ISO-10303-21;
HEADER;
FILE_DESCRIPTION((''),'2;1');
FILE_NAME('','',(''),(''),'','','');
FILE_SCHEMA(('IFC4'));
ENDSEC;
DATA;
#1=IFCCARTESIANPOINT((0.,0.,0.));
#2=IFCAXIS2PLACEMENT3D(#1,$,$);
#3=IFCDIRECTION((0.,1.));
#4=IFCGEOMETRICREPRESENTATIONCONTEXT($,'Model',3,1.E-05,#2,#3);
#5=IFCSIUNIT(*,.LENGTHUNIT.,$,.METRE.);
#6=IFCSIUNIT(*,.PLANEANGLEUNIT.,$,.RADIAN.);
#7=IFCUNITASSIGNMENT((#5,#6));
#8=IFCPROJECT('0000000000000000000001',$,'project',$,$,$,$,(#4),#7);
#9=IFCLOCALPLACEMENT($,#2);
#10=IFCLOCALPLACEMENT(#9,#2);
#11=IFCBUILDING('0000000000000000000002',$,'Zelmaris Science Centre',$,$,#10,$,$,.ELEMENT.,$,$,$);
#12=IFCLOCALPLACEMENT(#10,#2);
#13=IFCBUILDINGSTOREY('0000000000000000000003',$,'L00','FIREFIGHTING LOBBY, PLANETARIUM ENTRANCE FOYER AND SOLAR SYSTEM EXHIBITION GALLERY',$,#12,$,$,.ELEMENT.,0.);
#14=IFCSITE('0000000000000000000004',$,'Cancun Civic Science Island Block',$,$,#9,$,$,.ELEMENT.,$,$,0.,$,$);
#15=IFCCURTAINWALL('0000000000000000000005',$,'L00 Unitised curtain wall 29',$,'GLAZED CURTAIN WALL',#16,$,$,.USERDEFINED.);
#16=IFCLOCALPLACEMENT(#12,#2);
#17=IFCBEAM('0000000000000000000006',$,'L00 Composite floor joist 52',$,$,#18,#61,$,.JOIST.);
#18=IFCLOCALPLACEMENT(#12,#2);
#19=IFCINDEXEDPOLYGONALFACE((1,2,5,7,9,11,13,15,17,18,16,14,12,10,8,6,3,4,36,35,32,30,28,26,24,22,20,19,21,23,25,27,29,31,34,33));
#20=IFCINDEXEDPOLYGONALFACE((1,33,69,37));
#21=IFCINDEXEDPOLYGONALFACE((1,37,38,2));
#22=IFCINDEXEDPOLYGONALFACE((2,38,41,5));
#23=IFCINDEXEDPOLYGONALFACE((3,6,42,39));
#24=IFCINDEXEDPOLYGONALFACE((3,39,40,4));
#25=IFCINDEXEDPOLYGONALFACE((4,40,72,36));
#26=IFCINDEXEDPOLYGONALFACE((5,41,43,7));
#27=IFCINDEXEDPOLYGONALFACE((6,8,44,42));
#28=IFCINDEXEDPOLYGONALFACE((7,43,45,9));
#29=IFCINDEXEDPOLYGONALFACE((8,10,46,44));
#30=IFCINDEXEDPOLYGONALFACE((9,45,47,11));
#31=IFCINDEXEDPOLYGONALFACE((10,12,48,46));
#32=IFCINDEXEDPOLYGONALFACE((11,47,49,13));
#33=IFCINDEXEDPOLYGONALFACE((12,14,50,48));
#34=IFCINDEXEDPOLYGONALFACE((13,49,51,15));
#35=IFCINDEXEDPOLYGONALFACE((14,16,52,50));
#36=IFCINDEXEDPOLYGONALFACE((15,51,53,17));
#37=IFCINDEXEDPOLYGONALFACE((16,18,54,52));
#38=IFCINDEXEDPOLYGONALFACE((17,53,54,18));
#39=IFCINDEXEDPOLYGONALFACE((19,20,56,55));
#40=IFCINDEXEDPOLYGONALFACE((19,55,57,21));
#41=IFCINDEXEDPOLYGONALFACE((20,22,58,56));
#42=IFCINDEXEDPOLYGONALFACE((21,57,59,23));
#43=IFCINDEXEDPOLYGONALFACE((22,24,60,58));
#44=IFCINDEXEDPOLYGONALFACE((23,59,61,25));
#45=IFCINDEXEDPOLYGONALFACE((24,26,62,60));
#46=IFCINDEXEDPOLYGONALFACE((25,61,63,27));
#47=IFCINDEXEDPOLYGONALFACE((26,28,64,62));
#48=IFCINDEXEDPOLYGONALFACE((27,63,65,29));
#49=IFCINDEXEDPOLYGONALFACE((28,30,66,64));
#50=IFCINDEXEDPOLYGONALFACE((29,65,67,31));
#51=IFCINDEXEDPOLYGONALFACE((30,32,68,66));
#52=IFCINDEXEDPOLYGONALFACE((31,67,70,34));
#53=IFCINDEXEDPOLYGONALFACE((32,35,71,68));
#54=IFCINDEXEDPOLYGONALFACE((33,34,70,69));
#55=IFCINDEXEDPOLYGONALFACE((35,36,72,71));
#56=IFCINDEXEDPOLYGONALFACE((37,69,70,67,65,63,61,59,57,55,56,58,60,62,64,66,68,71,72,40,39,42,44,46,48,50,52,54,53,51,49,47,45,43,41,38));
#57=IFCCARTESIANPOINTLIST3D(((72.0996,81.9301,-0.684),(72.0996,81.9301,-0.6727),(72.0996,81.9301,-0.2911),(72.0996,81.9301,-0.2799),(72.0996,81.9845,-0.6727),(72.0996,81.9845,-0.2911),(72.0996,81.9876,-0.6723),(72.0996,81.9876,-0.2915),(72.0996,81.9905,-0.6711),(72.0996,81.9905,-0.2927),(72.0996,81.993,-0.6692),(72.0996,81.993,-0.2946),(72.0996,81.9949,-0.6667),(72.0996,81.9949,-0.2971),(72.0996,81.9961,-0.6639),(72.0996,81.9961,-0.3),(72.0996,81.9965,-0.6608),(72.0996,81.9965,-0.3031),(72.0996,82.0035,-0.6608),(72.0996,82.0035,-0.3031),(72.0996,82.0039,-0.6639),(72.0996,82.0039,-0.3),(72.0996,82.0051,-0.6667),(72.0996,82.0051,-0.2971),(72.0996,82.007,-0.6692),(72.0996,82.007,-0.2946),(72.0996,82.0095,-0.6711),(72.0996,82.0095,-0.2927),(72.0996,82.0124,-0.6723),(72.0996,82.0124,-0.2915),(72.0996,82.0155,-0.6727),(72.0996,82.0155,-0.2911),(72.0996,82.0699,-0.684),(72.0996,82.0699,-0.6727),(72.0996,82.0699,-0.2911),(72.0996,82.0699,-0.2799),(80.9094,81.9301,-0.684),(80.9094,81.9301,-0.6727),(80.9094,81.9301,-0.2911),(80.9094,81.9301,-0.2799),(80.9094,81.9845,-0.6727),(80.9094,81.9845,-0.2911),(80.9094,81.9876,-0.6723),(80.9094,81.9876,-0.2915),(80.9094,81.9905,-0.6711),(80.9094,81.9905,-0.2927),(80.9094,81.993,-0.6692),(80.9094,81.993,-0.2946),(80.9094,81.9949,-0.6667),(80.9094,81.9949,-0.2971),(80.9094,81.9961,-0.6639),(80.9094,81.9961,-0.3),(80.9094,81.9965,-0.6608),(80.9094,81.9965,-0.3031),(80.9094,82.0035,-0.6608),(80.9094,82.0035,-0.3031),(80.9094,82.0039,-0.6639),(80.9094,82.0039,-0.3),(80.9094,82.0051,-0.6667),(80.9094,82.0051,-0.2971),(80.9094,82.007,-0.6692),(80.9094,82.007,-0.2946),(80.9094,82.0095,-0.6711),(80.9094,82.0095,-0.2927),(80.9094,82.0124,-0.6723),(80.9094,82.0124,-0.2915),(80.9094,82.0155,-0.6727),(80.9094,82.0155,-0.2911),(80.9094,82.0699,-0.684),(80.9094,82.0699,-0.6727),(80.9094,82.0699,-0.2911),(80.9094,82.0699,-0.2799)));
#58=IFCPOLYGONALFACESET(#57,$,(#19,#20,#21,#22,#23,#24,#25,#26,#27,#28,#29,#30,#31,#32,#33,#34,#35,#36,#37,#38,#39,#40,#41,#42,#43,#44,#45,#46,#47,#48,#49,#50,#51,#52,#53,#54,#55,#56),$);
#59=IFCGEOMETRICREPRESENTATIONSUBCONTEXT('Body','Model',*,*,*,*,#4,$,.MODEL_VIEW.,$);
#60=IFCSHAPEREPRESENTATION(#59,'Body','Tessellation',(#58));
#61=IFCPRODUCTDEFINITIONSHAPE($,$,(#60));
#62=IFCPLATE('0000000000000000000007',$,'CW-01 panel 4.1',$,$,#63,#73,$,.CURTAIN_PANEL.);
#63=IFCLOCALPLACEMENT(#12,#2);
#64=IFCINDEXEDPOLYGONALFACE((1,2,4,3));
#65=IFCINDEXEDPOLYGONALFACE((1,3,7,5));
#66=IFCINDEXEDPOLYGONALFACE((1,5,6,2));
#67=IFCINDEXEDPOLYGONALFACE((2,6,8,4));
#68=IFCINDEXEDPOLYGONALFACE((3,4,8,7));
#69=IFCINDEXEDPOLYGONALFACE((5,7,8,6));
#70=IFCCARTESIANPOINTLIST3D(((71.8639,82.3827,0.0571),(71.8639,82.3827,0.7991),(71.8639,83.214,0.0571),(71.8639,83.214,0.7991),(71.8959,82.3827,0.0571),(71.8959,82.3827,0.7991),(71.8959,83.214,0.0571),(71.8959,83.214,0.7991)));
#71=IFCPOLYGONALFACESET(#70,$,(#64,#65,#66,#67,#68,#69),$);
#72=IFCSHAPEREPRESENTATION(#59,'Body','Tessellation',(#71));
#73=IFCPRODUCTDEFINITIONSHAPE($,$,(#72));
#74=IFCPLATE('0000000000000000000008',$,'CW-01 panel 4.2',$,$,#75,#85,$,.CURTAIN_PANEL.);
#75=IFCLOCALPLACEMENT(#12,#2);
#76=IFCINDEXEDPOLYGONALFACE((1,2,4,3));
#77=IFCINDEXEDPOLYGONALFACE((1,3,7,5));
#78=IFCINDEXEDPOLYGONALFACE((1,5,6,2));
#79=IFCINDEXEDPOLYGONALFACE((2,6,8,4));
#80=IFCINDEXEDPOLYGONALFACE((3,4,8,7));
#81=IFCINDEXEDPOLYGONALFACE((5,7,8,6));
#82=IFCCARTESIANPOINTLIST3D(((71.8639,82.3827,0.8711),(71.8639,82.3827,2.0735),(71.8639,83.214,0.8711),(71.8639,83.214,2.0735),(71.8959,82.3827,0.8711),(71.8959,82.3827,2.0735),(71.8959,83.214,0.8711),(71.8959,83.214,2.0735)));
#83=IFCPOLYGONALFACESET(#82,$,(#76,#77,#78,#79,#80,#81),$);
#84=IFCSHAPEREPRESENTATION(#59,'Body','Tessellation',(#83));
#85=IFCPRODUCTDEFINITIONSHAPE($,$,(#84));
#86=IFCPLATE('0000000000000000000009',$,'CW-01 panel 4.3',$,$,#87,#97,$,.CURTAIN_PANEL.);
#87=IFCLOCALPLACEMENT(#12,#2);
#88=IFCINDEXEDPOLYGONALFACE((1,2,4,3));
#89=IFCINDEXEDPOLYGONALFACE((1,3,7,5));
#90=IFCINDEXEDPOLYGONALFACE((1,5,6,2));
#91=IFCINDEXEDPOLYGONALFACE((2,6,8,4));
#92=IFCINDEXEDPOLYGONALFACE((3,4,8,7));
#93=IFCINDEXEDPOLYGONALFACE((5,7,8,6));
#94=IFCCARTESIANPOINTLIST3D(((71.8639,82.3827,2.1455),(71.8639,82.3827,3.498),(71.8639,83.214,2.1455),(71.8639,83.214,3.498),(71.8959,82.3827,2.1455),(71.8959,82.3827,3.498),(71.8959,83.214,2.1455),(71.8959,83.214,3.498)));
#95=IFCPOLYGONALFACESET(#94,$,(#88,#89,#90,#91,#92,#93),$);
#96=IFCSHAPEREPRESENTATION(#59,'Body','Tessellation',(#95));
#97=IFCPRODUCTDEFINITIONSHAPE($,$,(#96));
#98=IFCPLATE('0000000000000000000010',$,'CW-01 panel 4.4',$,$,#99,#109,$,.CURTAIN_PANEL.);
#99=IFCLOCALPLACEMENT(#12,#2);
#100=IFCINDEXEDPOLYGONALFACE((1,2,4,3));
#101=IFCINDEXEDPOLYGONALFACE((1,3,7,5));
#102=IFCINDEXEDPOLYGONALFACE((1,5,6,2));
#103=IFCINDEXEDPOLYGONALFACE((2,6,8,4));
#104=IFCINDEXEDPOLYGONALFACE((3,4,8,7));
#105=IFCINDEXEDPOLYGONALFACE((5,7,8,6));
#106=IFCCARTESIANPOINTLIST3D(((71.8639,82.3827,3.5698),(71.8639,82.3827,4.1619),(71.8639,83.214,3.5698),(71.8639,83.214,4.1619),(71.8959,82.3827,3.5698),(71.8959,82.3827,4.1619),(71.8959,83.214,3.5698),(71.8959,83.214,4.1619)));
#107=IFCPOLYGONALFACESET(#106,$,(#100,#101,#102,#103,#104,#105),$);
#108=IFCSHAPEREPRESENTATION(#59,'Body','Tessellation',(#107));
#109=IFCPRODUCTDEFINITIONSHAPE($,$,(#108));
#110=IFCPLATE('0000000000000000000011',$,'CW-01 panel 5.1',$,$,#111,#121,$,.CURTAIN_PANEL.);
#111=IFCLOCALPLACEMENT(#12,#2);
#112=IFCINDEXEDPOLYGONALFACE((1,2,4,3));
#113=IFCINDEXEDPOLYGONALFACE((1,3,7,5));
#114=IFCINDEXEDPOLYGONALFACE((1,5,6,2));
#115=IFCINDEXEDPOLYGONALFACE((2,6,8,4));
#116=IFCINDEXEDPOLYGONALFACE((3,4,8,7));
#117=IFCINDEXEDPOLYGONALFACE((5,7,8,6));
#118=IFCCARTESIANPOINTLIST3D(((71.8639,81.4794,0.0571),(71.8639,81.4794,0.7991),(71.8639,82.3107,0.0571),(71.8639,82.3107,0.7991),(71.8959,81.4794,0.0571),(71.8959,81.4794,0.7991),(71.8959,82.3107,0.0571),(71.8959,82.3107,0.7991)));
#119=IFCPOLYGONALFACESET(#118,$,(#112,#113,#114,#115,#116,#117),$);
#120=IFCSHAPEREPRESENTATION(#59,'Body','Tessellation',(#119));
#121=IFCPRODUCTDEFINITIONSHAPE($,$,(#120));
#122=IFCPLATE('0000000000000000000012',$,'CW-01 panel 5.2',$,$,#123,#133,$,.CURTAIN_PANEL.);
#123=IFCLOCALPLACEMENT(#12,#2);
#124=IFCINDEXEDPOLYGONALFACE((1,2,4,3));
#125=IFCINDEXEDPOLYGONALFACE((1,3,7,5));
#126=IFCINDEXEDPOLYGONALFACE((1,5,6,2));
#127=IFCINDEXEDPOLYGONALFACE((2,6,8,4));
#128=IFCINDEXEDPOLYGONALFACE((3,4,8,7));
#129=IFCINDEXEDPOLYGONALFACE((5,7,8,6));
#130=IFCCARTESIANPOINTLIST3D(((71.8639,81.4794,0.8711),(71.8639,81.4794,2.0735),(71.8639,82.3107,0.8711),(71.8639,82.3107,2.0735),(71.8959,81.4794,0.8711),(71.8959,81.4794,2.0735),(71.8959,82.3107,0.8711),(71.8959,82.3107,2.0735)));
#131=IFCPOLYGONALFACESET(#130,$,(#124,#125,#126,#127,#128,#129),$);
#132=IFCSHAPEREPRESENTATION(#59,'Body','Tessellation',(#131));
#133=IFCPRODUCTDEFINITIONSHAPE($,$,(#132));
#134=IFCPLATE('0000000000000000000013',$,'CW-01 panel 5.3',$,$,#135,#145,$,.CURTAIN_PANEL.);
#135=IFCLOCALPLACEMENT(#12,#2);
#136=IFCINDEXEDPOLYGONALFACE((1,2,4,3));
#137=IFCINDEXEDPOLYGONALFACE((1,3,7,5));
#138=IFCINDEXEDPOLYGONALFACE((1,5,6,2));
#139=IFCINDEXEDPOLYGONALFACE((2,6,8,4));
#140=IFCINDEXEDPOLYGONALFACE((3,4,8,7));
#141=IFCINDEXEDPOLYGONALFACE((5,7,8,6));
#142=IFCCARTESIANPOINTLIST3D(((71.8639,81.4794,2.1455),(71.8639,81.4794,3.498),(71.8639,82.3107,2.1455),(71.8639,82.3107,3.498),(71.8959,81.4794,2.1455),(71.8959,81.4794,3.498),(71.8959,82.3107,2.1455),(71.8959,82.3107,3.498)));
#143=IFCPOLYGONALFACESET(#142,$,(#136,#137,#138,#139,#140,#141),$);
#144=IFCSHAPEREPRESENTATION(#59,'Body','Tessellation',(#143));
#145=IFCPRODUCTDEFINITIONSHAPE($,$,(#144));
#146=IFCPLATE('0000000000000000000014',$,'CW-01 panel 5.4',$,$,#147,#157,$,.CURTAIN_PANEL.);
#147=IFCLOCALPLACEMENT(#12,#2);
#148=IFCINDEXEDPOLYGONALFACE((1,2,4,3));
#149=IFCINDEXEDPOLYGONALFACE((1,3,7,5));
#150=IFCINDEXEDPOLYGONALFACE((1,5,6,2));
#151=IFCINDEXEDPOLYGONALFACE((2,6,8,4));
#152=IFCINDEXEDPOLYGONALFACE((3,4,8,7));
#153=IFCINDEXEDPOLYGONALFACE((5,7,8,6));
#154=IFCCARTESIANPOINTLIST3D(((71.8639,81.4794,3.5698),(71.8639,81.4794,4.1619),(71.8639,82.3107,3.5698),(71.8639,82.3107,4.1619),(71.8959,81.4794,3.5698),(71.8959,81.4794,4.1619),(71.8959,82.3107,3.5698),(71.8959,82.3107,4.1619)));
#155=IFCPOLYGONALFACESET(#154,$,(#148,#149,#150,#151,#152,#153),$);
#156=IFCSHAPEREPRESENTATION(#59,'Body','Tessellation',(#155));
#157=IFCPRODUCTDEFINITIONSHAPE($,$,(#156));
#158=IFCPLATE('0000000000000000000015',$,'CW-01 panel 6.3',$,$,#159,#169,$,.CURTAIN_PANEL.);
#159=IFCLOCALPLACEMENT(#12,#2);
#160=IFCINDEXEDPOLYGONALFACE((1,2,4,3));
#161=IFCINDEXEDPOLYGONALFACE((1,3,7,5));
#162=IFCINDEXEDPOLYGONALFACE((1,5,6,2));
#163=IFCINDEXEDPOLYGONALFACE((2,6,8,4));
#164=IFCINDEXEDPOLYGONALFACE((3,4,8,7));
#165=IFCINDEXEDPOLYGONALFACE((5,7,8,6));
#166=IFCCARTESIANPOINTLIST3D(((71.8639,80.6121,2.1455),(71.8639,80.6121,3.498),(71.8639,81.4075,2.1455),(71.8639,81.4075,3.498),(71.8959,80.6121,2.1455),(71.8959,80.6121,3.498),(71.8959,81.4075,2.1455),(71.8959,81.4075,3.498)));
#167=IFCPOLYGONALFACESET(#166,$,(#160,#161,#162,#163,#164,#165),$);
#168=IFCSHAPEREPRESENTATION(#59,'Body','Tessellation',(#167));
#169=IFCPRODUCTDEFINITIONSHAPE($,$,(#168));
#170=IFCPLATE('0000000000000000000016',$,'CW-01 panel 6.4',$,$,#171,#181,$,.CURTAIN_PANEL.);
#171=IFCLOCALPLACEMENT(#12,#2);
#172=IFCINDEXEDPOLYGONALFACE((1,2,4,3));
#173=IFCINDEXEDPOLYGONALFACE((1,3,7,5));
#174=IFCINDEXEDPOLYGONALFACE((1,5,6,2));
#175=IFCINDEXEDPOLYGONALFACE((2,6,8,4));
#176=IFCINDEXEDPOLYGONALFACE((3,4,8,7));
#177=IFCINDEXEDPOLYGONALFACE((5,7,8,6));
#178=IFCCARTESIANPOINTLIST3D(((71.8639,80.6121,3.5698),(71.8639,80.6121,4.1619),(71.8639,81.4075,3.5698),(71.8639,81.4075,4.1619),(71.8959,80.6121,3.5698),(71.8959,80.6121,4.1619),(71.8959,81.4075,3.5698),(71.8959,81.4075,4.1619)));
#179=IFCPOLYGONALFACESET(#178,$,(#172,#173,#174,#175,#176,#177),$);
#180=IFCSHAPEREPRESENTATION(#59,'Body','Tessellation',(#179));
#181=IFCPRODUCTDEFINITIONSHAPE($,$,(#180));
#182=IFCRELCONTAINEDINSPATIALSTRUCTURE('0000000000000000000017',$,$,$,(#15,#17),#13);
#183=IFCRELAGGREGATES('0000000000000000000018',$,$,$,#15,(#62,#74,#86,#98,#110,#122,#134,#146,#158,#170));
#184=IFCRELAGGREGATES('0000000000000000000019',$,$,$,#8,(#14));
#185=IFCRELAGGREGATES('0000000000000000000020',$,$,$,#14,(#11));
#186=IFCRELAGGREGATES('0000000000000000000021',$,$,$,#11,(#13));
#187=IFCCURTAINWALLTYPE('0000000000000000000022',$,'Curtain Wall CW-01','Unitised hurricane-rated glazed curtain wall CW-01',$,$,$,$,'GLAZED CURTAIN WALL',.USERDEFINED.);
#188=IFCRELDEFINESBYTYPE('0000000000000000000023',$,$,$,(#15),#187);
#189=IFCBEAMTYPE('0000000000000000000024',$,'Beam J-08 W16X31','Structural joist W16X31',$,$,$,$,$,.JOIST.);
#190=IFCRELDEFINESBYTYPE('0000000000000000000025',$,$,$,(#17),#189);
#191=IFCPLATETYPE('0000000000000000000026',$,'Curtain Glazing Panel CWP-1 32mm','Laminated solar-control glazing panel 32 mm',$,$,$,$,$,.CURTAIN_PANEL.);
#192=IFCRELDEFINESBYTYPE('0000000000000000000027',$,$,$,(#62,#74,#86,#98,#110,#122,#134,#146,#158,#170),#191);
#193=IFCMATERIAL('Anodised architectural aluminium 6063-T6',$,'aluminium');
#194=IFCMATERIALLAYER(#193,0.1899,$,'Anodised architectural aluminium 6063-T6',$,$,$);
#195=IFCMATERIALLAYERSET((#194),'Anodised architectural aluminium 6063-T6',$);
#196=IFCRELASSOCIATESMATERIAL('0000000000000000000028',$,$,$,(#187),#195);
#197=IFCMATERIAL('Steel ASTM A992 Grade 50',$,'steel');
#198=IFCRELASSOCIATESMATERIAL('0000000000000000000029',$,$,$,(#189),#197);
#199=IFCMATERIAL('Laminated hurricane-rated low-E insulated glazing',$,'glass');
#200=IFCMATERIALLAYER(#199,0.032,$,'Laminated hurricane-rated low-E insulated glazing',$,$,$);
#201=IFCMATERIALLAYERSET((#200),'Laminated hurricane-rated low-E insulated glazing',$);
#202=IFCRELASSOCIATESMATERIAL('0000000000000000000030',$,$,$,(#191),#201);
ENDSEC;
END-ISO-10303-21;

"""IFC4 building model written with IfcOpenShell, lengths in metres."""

from ifc_helpers import new_model, si_unit, direction, frame, origin, origin_2d, place, context, subcontext, project, spatial, rectangle, i_section, extrude, material, layer, layer_set, material_profile, profile_set, type_object, element, aggregate, save


model = new_model("IFC4")

# Units and contexts
model_context = context("Model", 3, precision=1e-05, world=origin(), true_north=direction((0.0, 1.0)))
body_context = subcontext(model_context, "Body", "Model", "MODEL_VIEW")
ifc_project = project(units=[si_unit("LENGTHUNIT", "METRE"), si_unit("PLANEANGLEUNIT", "RADIAN")], contexts=[model_context])

# Site, building, storey
site_placement = place(None, origin())
site = spatial("IfcSite", under=ifc_project, at=site_placement, Name="Cancun Civic Science Island Block", CompositionType="ELEMENT", RefElevation=0.0)
building_placement = place(site_placement, origin())
building = spatial("IfcBuilding", under=site, at=building_placement, Name="Zelmaris Science Centre", CompositionType="ELEMENT")
storey_placement = place(building_placement, origin())
storey = spatial("IfcBuildingStorey", under=building, at=storey_placement, Name="L00", Description="FIREFIGHTING LOBBY, PLANETARIUM ENTRANCE FOYER AND SOLAR SYSTEM EXHIBITION GALLERY", CompositionType="ELEMENT", Elevation=0.0)

# Shared definitions
ifc_material_1 = material(Name="Steel ASTM A992 Grade 50", Category="steel")

# Curtain wall
ifc_material_2 = material(Name="Anodised architectural aluminium 6063-T6", Category="aluminium")
ifc_layer_1 = layer(ifc_material_2, 0.1899, Name="Anodised architectural aluminium 6063-T6")
ifc_layer_set_1 = layer_set([ifc_layer_1], Name="Anodised architectural aluminium 6063-T6")
curtain_wall_type = type_object("IfcCurtainWallType", Name="Curtain Wall CW-01", Description="Unitised hurricane-rated glazed curtain wall CW-01", ElementType="GLAZED CURTAIN WALL", PredefinedType="USERDEFINED", material=ifc_layer_set_1)
curtain_wall_placement = place(storey_placement, origin())
curtain_wall = element("IfcCurtainWall", 1, at=curtain_wall_placement, inside=storey, type_object=curtain_wall_type, Name="L00 Unitised curtain wall 29", ObjectType="GLAZED CURTAIN WALL", PredefinedType="USERDEFINED")

# Beam
ifc_material_profile_1 = material_profile(ifc_material_1, i_section(OverallWidth=0.1399, OverallDepth=0.4041, WebThickness=0.0071, FlangeThickness=0.0112, FilletRadius=0.012, at=origin_2d()), Name="W16X31")
ifc_profile_set_1 = profile_set([ifc_material_profile_1], Name="Steel ASTM A992 Grade 50")
beam_type_1 = type_object("IfcBeamType", Name="Beam J-08 W16X31", Description="Structural joist W16X31", PredefinedType="JOIST", material=ifc_profile_set_1)
beam_1_placement = place(storey_placement, frame((72.0996, 82.0, -0.4819), z_axis=(1.0, 0.0, 0.0), x_axis=(0.0, 1.0, 0.0)))
element("IfcBeam", 2, at=beam_1_placement, inside=storey, type_object=beam_type_1, Name="L00 Composite floor joist 52", PredefinedType="JOIST", context=body_context, shape_type="SweptSolid", body=[
    extrude(i_section(OverallWidth=0.1399, OverallDepth=0.4041, WebThickness=0.0071, FlangeThickness=0.0112, FilletRadius=0.012, at=origin_2d()), origin(), (0.0, 0.0, 1.0), 8.8098),
])

# Plates
ifc_material_3 = material(Name="Laminated hurricane-rated low-E insulated glazing", Category="glass")
ifc_layer_2 = layer(ifc_material_3, 0.032, Name="Laminated hurricane-rated low-E insulated glazing")
ifc_layer_set_2 = layer_set([ifc_layer_2], Name="Laminated hurricane-rated low-E insulated glazing")
plate_type = type_object("IfcPlateType", Name="Curtain Glazing Panel CWP-1 32mm", Description="Laminated solar-control glazing panel 32 mm", PredefinedType="CURTAIN_PANEL", material=ifc_layer_set_2)
plate_1_placement = place(storey_placement, frame((71.8799, 82.7983, 0.0571), z_axis=(0.0, 0.0, 1.0), x_axis=(0.0, -1.0, 0.0)))
plate_1 = element("IfcPlate", 3, at=plate_1_placement, type_object=plate_type, Name="CW-01 panel 4.1", PredefinedType="CURTAIN_PANEL", context=body_context, shape_type="SweptSolid", body=[
    extrude(rectangle(XDim=0.8313, YDim=0.032, at=origin_2d()), origin(), (0.0, 0.0, 1.0), 0.7419),
])
plate_2_placement = place(storey_placement, frame((71.8799, 82.7983, 0.8711), z_axis=(0.0, 0.0, 1.0), x_axis=(0.0, -1.0, 0.0)))
plate_2 = element("IfcPlate", 4, at=plate_2_placement, type_object=plate_type, Name="CW-01 panel 4.2", PredefinedType="CURTAIN_PANEL", context=body_context, shape_type="SweptSolid", body=[
    extrude(rectangle(XDim=0.8313, YDim=0.032, at=origin_2d()), origin(), (0.0, 0.0, 1.0), 1.2024),
])
plate_3_placement = place(storey_placement, frame((71.8799, 82.7983, 2.1455), z_axis=(0.0, 0.0, 1.0), x_axis=(0.0, -1.0, 0.0)))
plate_3 = element("IfcPlate", 5, at=plate_3_placement, type_object=plate_type, Name="CW-01 panel 4.3", PredefinedType="CURTAIN_PANEL", context=body_context, shape_type="SweptSolid", body=[
    extrude(rectangle(XDim=0.8313, YDim=0.032, at=origin_2d()), origin(), (0.0, 0.0, 1.0), 1.3525),
])
plate_4_placement = place(storey_placement, frame((71.8799, 82.7983, 3.5698), z_axis=(0.0, 0.0, 1.0), x_axis=(0.0, -1.0, 0.0)))
plate_4 = element("IfcPlate", 6, at=plate_4_placement, type_object=plate_type, Name="CW-01 panel 4.4", PredefinedType="CURTAIN_PANEL", context=body_context, shape_type="SweptSolid", body=[
    extrude(rectangle(XDim=0.8313, YDim=0.032, at=origin_2d()), origin(), (0.0, 0.0, 1.0), 0.592),
])
plate_5_placement = place(storey_placement, frame((71.8799, 81.895, 0.0571), z_axis=(0.0, 0.0, 1.0), x_axis=(0.0, -1.0, 0.0)))
plate_5 = element("IfcPlate", 7, at=plate_5_placement, type_object=plate_type, Name="CW-01 panel 5.1", PredefinedType="CURTAIN_PANEL", context=body_context, shape_type="SweptSolid", body=[
    extrude(rectangle(XDim=0.8313, YDim=0.032, at=origin_2d()), origin(), (0.0, 0.0, 1.0), 0.7419),
])
plate_6_placement = place(storey_placement, frame((71.8799, 81.895, 0.8711), z_axis=(0.0, 0.0, 1.0), x_axis=(0.0, -1.0, 0.0)))
plate_6 = element("IfcPlate", 8, at=plate_6_placement, type_object=plate_type, Name="CW-01 panel 5.2", PredefinedType="CURTAIN_PANEL", context=body_context, shape_type="SweptSolid", body=[
    extrude(rectangle(XDim=0.8313, YDim=0.032, at=origin_2d()), origin(), (0.0, 0.0, 1.0), 1.2024),
])
plate_7_placement = place(storey_placement, frame((71.8799, 81.895, 2.1455), z_axis=(0.0, 0.0, 1.0), x_axis=(0.0, -1.0, 0.0)))
plate_7 = element("IfcPlate", 9, at=plate_7_placement, type_object=plate_type, Name="CW-01 panel 5.3", PredefinedType="CURTAIN_PANEL", context=body_context, shape_type="SweptSolid", body=[
    extrude(rectangle(XDim=0.8313, YDim=0.032, at=origin_2d()), origin(), (0.0, 0.0, 1.0), 1.3525),
])
plate_8_placement = place(storey_placement, frame((71.8799, 81.895, 3.5698), z_axis=(0.0, 0.0, 1.0), x_axis=(0.0, -1.0, 0.0)))
plate_8 = element("IfcPlate", 10, at=plate_8_placement, type_object=plate_type, Name="CW-01 panel 5.4", PredefinedType="CURTAIN_PANEL", context=body_context, shape_type="SweptSolid", body=[
    extrude(rectangle(XDim=0.8313, YDim=0.032, at=origin_2d()), origin(), (0.0, 0.0, 1.0), 0.592),
])
plate_9_placement = place(storey_placement, frame((71.8799, 81.0098, 2.1455), z_axis=(0.0, 0.0, 1.0), x_axis=(0.0, -1.0, 0.0)))
plate_9 = element("IfcPlate", 11, at=plate_9_placement, type_object=plate_type, Name="CW-01 panel 6.3", PredefinedType="CURTAIN_PANEL", context=body_context, shape_type="SweptSolid", body=[
    extrude(rectangle(XDim=0.7954, YDim=0.032, at=origin_2d()), origin(), (0.0, 0.0, 1.0), 1.3525),
])
plate_10_placement = place(storey_placement, frame((71.8799, 81.0098, 3.5698), z_axis=(0.0, 0.0, 1.0), x_axis=(0.0, -1.0, 0.0)))
plate_10 = element("IfcPlate", 12, at=plate_10_placement, type_object=plate_type, Name="CW-01 panel 6.4", PredefinedType="CURTAIN_PANEL", context=body_context, shape_type="SweptSolid", body=[
    extrude(rectangle(XDim=0.7954, YDim=0.032, at=origin_2d()), origin(), (0.0, 0.0, 1.0), 0.592),
])
aggregate(curtain_wall, [plate_1, plate_2, plate_3, plate_4, plate_5, plate_6, plate_7, plate_8, plate_9, plate_10])

save(model, "model.ifc")
